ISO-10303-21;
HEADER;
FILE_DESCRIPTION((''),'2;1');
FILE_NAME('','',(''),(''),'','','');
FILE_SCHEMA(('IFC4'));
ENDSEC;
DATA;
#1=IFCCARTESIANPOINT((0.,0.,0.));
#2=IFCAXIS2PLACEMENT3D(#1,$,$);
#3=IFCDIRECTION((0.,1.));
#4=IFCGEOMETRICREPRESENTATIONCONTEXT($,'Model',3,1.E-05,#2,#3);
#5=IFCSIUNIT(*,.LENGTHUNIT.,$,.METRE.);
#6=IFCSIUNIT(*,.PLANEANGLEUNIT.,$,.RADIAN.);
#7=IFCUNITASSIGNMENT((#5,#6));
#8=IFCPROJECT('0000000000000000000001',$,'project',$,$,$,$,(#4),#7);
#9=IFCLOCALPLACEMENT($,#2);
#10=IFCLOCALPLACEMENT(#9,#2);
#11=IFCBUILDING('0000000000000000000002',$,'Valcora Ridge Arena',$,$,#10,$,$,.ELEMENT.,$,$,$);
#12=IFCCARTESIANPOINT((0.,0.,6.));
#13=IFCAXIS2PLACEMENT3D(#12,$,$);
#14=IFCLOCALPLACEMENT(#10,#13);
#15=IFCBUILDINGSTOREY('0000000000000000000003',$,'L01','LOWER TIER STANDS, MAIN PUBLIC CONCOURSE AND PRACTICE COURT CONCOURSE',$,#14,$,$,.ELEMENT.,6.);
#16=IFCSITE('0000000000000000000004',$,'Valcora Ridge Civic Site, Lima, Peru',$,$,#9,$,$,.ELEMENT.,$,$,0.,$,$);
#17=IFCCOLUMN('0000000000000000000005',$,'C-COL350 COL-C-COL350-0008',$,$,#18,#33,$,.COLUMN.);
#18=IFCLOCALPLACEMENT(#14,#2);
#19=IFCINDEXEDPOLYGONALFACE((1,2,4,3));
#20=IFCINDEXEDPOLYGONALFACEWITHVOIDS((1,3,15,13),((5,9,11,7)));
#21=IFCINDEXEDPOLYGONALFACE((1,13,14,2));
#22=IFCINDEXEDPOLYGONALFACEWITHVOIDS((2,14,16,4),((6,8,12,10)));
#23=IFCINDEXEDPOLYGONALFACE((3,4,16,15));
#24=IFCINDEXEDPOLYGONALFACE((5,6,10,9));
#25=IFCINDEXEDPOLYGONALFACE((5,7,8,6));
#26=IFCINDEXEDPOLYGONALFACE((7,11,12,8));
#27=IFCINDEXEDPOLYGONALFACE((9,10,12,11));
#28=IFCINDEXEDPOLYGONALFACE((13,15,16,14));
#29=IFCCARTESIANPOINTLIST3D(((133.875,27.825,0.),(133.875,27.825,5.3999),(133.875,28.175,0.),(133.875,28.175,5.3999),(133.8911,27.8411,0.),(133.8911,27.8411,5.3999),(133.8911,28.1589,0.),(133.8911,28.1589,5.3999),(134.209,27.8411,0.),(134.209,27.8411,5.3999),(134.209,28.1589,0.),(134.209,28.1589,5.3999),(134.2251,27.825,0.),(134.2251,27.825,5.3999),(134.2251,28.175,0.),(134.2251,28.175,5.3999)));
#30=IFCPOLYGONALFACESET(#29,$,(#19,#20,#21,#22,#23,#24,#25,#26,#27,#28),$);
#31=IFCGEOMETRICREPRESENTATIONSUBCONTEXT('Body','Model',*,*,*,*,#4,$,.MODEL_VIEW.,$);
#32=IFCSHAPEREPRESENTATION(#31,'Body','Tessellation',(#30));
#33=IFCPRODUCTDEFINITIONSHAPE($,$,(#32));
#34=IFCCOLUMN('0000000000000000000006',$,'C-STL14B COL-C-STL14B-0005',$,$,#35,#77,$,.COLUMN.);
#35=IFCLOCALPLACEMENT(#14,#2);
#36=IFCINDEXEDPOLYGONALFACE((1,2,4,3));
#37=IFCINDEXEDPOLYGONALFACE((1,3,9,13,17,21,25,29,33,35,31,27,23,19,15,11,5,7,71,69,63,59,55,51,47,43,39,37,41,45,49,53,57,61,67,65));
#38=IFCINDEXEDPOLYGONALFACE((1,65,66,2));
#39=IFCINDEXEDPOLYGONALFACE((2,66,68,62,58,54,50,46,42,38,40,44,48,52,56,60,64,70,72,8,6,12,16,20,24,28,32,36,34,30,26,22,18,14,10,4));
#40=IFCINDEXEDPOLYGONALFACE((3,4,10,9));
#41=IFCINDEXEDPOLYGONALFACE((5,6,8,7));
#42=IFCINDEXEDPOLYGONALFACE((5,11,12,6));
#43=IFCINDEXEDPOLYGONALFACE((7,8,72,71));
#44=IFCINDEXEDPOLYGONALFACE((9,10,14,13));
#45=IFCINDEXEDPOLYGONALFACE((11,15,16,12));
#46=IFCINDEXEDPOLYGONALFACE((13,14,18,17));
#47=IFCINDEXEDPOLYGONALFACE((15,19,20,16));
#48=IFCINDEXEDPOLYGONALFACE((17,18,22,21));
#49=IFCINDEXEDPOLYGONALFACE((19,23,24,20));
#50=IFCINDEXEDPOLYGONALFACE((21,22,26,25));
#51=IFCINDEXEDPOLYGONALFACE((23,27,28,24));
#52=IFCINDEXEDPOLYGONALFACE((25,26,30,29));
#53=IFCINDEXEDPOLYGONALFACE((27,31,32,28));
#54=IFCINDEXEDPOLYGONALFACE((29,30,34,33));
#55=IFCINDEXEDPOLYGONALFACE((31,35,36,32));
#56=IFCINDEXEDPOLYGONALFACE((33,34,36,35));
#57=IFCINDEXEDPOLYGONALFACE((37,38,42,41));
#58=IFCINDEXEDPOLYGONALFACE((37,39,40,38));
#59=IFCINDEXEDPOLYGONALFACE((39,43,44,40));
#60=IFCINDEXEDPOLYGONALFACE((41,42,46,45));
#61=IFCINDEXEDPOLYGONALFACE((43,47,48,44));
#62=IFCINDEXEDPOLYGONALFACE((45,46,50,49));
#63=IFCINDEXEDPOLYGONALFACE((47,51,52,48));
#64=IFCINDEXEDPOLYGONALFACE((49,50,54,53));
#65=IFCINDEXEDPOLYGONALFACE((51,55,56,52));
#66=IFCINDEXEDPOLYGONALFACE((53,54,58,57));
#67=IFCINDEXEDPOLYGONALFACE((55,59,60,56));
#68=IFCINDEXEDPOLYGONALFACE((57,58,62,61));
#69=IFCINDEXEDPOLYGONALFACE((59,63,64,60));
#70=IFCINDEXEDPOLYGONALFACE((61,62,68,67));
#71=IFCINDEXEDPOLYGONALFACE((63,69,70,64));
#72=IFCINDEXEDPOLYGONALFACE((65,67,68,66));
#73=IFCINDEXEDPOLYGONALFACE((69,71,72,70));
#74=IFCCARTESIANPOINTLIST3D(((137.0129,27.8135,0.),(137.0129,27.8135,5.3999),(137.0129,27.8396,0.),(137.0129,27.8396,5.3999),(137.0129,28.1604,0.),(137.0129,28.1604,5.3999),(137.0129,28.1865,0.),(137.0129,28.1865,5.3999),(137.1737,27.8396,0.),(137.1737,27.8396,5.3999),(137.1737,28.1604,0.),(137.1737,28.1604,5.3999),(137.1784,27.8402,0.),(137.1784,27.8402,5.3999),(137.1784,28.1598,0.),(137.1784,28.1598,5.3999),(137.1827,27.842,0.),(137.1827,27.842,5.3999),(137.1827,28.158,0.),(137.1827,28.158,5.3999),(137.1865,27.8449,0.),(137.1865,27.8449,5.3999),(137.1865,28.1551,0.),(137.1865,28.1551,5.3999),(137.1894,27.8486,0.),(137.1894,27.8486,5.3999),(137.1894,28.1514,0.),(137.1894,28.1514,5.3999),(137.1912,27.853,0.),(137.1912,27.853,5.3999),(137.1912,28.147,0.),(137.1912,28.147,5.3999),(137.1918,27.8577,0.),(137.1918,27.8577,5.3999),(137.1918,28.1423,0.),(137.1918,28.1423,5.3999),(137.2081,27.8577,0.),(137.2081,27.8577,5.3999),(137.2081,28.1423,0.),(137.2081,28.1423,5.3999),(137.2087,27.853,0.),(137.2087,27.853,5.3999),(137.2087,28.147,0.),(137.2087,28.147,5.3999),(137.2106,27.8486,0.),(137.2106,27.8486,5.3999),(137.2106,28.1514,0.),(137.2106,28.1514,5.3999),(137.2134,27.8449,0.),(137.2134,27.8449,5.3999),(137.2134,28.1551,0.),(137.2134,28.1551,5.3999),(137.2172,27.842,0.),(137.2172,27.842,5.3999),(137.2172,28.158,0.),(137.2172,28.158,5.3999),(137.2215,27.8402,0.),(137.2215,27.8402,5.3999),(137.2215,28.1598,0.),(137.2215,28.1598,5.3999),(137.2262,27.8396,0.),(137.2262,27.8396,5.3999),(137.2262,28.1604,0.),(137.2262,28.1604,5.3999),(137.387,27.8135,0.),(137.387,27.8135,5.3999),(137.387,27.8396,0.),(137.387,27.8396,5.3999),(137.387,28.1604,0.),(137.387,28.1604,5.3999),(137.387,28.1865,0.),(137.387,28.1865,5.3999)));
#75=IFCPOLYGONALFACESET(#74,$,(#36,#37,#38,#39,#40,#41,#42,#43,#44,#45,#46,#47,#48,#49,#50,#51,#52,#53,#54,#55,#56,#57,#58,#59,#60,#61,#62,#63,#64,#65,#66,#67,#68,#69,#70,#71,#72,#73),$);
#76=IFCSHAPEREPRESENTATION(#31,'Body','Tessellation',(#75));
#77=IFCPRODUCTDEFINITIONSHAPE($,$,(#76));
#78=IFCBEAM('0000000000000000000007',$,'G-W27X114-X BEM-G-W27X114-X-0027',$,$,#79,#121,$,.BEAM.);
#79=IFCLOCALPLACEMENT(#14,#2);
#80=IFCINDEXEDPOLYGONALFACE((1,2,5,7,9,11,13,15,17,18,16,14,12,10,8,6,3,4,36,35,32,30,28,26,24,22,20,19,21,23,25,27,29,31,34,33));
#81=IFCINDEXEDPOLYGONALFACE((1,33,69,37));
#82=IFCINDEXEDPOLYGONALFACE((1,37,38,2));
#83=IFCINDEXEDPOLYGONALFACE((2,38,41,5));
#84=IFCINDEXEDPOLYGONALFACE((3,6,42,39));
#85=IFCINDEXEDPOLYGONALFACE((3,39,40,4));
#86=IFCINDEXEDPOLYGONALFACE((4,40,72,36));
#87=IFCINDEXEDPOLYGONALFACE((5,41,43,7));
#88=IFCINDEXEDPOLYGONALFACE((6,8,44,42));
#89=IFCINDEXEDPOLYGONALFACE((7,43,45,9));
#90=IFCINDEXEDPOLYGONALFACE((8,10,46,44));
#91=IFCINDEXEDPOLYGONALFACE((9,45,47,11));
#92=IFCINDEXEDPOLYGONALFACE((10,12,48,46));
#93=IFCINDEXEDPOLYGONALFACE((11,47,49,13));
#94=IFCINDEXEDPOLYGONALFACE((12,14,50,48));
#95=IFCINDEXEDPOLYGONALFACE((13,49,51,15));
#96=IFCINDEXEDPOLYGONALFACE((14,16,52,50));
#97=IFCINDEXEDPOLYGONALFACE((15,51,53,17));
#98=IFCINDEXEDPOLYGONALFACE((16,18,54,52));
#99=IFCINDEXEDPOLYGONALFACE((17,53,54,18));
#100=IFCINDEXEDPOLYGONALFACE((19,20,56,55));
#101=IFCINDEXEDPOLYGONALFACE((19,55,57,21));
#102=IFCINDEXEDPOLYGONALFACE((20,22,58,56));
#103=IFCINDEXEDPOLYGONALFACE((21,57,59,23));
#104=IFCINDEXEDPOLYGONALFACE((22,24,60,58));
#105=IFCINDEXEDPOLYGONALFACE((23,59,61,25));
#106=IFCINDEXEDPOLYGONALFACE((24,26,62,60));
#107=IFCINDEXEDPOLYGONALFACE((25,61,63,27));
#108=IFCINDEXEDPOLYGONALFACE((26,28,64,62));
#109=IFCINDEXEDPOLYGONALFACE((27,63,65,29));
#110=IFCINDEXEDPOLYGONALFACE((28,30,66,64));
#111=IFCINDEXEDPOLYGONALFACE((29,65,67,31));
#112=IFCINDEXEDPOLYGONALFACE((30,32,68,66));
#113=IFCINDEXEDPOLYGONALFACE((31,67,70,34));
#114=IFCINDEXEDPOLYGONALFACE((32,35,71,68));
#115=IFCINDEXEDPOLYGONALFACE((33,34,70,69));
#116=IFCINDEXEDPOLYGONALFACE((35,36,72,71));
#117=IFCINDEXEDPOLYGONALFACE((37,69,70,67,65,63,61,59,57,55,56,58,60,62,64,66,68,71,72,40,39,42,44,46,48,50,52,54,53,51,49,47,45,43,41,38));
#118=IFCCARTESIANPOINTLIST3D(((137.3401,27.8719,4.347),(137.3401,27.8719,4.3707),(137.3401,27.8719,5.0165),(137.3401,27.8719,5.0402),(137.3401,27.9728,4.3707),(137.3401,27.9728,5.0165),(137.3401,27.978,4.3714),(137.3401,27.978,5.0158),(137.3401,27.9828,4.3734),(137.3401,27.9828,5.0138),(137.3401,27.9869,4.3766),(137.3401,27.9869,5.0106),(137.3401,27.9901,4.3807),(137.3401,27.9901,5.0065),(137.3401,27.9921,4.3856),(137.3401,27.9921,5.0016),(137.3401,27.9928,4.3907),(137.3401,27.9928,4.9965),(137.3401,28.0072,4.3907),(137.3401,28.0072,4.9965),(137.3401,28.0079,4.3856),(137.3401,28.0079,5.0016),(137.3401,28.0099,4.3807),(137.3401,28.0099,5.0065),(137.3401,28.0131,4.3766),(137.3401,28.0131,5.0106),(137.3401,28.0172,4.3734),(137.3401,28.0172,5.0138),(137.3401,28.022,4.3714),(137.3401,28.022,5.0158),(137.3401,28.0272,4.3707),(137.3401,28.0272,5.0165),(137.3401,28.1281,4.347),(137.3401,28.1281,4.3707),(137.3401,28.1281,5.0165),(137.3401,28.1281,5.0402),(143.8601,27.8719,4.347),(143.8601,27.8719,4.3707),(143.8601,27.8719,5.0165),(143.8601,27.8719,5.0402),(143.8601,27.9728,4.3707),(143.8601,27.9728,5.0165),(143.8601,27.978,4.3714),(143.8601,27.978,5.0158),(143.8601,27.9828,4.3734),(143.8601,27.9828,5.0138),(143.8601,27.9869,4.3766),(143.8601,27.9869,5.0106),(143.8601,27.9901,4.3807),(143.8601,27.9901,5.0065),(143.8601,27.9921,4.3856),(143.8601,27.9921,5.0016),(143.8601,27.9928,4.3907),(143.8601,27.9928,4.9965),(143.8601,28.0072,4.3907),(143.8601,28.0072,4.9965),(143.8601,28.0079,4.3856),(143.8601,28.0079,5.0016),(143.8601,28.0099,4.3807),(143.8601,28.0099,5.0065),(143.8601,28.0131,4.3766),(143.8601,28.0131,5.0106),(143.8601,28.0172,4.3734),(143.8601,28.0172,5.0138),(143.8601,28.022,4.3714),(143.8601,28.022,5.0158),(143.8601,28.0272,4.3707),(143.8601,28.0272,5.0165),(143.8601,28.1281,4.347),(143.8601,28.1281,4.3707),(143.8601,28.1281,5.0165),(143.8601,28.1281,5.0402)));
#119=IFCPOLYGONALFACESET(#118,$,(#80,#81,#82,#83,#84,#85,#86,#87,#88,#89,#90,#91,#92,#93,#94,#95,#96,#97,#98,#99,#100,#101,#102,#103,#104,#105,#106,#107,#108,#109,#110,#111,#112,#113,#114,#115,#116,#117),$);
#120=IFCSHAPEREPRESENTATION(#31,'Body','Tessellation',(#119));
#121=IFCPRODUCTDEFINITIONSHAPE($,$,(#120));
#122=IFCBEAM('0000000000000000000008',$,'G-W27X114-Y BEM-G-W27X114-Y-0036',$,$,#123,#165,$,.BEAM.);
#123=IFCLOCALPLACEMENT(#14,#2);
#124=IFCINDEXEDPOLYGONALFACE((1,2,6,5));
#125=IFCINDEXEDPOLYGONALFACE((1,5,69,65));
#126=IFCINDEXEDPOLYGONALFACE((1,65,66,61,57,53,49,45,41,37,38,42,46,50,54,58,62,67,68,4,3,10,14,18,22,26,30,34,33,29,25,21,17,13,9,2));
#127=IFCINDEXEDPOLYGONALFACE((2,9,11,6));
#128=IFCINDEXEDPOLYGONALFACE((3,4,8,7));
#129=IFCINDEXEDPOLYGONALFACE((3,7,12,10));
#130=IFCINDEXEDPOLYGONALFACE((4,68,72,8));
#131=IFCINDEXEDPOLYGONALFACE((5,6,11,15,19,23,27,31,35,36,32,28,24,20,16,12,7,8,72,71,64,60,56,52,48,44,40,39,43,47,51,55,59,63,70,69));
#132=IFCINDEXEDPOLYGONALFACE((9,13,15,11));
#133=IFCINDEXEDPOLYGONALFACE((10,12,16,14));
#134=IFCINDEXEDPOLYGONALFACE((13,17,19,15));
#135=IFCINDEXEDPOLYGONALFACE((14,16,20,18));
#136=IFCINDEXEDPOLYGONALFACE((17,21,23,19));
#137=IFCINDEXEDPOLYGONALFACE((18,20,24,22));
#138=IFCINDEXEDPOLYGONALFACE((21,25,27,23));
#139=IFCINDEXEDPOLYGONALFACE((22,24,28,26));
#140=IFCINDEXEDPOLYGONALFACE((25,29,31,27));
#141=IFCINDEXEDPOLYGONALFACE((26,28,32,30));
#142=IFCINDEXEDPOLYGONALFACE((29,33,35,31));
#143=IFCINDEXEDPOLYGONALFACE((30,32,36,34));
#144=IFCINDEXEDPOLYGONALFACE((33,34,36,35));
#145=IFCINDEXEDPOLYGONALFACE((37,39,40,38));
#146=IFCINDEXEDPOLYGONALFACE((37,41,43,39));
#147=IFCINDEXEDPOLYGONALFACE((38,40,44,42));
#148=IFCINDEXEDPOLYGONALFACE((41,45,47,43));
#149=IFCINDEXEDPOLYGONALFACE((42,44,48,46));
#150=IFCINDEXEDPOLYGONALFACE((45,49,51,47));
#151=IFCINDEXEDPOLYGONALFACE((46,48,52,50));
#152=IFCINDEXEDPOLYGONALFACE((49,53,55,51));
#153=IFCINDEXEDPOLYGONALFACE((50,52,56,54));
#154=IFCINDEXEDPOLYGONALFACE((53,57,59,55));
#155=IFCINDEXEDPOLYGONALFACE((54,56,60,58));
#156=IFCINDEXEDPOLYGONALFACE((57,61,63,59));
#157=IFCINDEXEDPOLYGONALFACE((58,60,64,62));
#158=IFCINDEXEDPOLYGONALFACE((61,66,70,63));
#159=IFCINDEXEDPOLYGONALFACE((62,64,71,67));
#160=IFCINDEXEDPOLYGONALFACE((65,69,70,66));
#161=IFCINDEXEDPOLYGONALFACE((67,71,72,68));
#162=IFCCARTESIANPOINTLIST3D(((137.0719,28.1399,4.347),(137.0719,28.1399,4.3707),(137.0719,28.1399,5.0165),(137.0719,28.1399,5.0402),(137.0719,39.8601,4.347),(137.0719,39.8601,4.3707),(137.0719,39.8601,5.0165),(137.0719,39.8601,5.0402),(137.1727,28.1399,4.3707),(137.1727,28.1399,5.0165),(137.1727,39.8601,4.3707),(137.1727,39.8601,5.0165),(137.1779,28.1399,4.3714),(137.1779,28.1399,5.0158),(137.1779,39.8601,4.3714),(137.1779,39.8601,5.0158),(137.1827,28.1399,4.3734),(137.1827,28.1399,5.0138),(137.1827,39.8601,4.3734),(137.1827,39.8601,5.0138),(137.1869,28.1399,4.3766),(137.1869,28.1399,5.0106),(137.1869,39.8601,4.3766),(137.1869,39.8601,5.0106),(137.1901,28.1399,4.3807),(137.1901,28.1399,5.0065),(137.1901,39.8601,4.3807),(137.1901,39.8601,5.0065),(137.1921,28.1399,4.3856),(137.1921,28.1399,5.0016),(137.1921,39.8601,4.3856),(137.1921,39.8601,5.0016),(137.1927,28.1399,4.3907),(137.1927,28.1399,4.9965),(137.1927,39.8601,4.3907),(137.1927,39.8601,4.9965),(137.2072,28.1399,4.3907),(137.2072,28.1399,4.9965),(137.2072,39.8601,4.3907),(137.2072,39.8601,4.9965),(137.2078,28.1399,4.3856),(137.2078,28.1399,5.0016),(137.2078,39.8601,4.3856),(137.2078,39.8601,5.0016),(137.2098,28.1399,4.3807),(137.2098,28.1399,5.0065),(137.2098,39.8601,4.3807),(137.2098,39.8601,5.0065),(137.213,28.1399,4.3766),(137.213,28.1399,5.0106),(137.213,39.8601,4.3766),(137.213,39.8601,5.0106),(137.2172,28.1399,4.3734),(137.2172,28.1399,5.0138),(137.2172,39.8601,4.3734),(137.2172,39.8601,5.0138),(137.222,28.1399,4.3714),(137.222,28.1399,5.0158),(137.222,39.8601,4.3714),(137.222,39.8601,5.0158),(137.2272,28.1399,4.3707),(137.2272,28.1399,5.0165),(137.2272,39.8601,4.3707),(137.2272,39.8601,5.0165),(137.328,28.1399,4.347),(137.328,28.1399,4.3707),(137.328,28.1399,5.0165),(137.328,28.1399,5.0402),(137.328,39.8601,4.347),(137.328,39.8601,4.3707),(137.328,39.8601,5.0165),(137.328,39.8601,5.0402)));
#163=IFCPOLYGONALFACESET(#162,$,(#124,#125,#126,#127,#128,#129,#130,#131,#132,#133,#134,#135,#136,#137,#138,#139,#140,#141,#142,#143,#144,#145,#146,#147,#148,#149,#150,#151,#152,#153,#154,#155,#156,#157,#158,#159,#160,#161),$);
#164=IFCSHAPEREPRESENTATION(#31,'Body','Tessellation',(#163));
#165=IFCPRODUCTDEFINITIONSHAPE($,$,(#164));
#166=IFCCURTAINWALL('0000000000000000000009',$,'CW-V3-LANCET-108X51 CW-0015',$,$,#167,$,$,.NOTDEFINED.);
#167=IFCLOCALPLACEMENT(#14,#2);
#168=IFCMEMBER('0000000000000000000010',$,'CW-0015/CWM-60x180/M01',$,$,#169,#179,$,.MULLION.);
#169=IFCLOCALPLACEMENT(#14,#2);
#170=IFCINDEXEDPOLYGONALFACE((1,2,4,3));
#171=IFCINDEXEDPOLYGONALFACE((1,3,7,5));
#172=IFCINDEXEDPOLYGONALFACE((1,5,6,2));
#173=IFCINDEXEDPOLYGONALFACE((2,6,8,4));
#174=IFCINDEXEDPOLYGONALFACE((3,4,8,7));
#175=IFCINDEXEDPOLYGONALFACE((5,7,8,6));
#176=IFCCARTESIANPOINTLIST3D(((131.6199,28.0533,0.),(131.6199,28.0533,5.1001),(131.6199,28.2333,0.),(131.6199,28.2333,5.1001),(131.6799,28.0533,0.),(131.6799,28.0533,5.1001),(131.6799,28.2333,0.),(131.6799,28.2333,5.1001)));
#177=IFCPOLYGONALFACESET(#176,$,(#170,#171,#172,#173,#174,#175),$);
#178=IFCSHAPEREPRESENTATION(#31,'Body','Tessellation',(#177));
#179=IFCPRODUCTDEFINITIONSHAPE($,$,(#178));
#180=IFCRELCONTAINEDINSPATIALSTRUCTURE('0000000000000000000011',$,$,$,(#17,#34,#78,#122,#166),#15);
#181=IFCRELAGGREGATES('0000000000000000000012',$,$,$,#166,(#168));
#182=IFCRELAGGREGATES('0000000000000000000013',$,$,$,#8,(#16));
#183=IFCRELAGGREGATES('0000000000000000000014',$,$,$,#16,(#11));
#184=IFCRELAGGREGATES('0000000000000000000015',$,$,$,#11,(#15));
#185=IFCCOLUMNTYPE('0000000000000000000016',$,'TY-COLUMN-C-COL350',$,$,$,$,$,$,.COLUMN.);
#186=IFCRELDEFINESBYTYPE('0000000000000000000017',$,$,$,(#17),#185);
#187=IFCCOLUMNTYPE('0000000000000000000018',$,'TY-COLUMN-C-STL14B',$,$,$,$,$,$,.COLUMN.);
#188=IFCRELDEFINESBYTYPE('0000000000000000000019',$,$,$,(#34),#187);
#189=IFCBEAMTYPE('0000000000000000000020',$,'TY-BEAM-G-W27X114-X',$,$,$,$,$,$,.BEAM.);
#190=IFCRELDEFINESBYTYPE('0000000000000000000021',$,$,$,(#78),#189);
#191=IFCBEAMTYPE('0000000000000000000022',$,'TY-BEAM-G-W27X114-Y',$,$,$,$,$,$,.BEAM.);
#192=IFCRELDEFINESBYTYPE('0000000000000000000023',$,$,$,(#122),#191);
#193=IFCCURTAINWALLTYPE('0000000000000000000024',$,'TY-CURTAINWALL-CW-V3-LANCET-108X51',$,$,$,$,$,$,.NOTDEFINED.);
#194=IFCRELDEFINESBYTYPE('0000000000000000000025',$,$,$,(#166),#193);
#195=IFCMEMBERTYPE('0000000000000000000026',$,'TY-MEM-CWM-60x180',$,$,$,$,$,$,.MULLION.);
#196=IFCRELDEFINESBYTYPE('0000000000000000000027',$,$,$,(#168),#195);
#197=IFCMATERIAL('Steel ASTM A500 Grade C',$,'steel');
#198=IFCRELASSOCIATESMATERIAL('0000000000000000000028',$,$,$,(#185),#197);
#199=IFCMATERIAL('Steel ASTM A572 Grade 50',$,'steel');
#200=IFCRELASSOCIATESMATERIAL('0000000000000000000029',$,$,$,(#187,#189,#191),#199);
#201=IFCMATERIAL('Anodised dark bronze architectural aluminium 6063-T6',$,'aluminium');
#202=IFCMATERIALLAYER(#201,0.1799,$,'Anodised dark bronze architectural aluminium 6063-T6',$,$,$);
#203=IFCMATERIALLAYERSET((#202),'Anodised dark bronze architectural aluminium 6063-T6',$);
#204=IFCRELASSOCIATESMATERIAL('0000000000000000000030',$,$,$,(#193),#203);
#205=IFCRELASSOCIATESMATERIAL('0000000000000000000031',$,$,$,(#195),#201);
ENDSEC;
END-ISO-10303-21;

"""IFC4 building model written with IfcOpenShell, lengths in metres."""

from ifc_helpers import new_model, si_unit, direction, frame, origin, origin_2d, place, context, subcontext, project, spatial, rectangle, hollow_rectangle, i_section, extrude, material, layer, layer_set, material_profile, profile_set, type_object, element, aggregate, save


model = new_model("IFC4")

# Units and contexts
model_context = context("Model", 3, precision=1e-05, world=origin(), true_north=direction((0.0, 1.0)))
body_context = subcontext(model_context, "Body", "Model", "MODEL_VIEW")
ifc_project = project(units=[si_unit("LENGTHUNIT", "METRE"), si_unit("PLANEANGLEUNIT", "RADIAN")], contexts=[model_context])

# Site, building, storey
site_placement = place(None, origin())
site = spatial("IfcSite", under=ifc_project, at=site_placement, Name="Valcora Ridge Civic Site, Lima, Peru", CompositionType="ELEMENT", RefElevation=0.0)
building_placement = place(site_placement, origin())
building = spatial("IfcBuilding", under=site, at=building_placement, Name="Valcora Ridge Arena", CompositionType="ELEMENT")
storey_placement = place(building_placement, frame((0.0, 0.0, 6.0)))
storey = spatial("IfcBuildingStorey", under=building, at=storey_placement, Name="L01", Description="LOWER TIER STANDS, MAIN PUBLIC CONCOURSE AND PRACTICE COURT CONCOURSE", CompositionType="ELEMENT", Elevation=6.0)

# Columns
ifc_material_1 = material(Name="Steel ASTM A500 Grade C", Category="steel")
ifc_material_profile_1 = material_profile(ifc_material_1, hollow_rectangle(XDim=0.3501, YDim=0.3501, WallThickness=0.0161, at=origin_2d()), Name="HSS350X350X16")
ifc_profile_set_1 = profile_set([ifc_material_profile_1], Name="Steel ASTM A500 Grade C")
column_type_1 = type_object("IfcColumnType", Name="TY-COLUMN-C-COL350", PredefinedType="COLUMN", material=ifc_profile_set_1)
column_1_placement = place(storey_placement, frame((134.05, 28.0, 0.0), z_axis=(0.0, 0.0, 1.0), x_axis=(1.0, 0.0, 0.0)))
element("IfcColumn", 1, at=column_1_placement, inside=storey, type_object=column_type_1, Name="C-COL350 COL-C-COL350-0008", PredefinedType="COLUMN", context=body_context, shape_type="SweptSolid", body=[
    extrude(hollow_rectangle(XDim=0.3501, YDim=0.3501, WallThickness=0.0161, at=origin_2d()), origin(), (0.0, 0.0, 1.0), 5.3999),
])
ifc_material_2 = material(Name="Steel ASTM A572 Grade 50", Category="steel")
ifc_material_profile_2 = material_profile(ifc_material_2, i_section(OverallWidth=0.374, OverallDepth=0.373, WebThickness=0.0164, FlangeThickness=0.0261, FilletRadius=0.0181, at=origin_2d()), Name="W14X132")
ifc_profile_set_2 = profile_set([ifc_material_profile_2], Name="Steel ASTM A572 Grade 50")
column_type_2 = type_object("IfcColumnType", Name="TY-COLUMN-C-STL14B", PredefinedType="COLUMN", material=ifc_profile_set_2)
column_2_placement = place(storey_placement, frame((137.2, 28.0, 0.0), z_axis=(0.0, 0.0, 1.0), x_axis=(1.0, 0.0, 0.0)))
element("IfcColumn", 2, at=column_2_placement, inside=storey, type_object=column_type_2, Name="C-STL14B COL-C-STL14B-0005", PredefinedType="COLUMN", context=body_context, shape_type="SweptSolid", body=[
    extrude(i_section(OverallWidth=0.374, OverallDepth=0.373, WebThickness=0.0164, FlangeThickness=0.0261, FilletRadius=0.0181, at=origin_2d()), origin(), (0.0, 0.0, 1.0), 5.3999),
])

# Beams
ifc_material_profile_3 = material_profile(ifc_material_2, i_section(OverallWidth=0.2561, OverallDepth=0.6931, WebThickness=0.0144, FlangeThickness=0.0237, FilletRadius=0.02, at=origin_2d()), Name="W27X114")
ifc_profile_set_3 = profile_set([ifc_material_profile_3], Name="Steel ASTM A572 Grade 50")
beam_type_1 = type_object("IfcBeamType", Name="TY-BEAM-G-W27X114-X", PredefinedType="BEAM", material=ifc_profile_set_3)
beam_1_placement = place(storey_placement, frame((137.3401, 28.0, 4.6936), z_axis=(1.0, 0.0, 0.0), x_axis=(0.0, 1.0, 0.0)))
element("IfcBeam", 3, at=beam_1_placement, inside=storey, type_object=beam_type_1, Name="G-W27X114-X BEM-G-W27X114-X-0027", PredefinedType="BEAM", context=body_context, shape_type="SweptSolid", body=[
    extrude(i_section(OverallWidth=0.2561, OverallDepth=0.6931, WebThickness=0.0144, FlangeThickness=0.0237, FilletRadius=0.02, at=origin_2d()), origin(), (0.0, 0.0, 1.0), 6.52),
])
ifc_material_profile_4 = material_profile(ifc_material_2, i_section(OverallWidth=0.2561, OverallDepth=0.6931, WebThickness=0.0144, FlangeThickness=0.0237, FilletRadius=0.02, at=origin_2d()), Name="W27X114")
ifc_profile_set_4 = profile_set([ifc_material_profile_4], Name="Steel ASTM A572 Grade 50")
beam_type_2 = type_object("IfcBeamType", Name="TY-BEAM-G-W27X114-Y", PredefinedType="BEAM", material=ifc_profile_set_4)
beam_2_placement = place(storey_placement, frame((137.2, 28.1399, 4.6936), z_axis=(0.0, 1.0, 0.0), x_axis=(-1.0, 0.0, 0.0)))
element("IfcBeam", 4, at=beam_2_placement, inside=storey, type_object=beam_type_2, Name="G-W27X114-Y BEM-G-W27X114-Y-0036", PredefinedType="BEAM", context=body_context, shape_type="SweptSolid", body=[
    extrude(i_section(OverallWidth=0.2561, OverallDepth=0.6931, WebThickness=0.0144, FlangeThickness=0.0237, FilletRadius=0.02, at=origin_2d()), origin(), (0.0, 0.0, 1.0), 11.7202),
])

# Curtain wall, member
ifc_material_3 = material(Name="Anodised dark bronze architectural aluminium 6063-T6", Category="aluminium")
ifc_layer_1 = layer(ifc_material_3, 0.1799, Name="Anodised dark bronze architectural aluminium 6063-T6")
ifc_layer_set_1 = layer_set([ifc_layer_1], Name="Anodised dark bronze architectural aluminium 6063-T6")
curtain_wall_type_1 = type_object("IfcCurtainWallType", Name="TY-CURTAINWALL-CW-V3-LANCET-108X51", PredefinedType="NOTDEFINED", material=ifc_layer_set_1)
curtain_wall_1_placement = place(storey_placement, origin())
curtain_wall_1 = element("IfcCurtainWall", 5, at=curtain_wall_1_placement, inside=storey, type_object=curtain_wall_type_1, Name="CW-V3-LANCET-108X51 CW-0015", PredefinedType="NOTDEFINED")
ifc_material_profile_5 = material_profile(ifc_material_3, rectangle(XDim=0.0601, YDim=0.1799, at=origin_2d()), Name="ALU MULLION 60x180")
ifc_profile_set_5 = profile_set([ifc_material_profile_5], Name="Anodised dark bronze architectural aluminium 6063-T6")
member_type_1 = type_object("IfcMemberType", Name="TY-MEM-CWM-60x180", PredefinedType="MULLION", material=ifc_profile_set_5)
member_1_placement = place(storey_placement, frame((131.6499, 28.1433, 0.0), z_axis=(0.0, 0.0, 1.0), x_axis=(-1.0, 0.0, 0.0)))
member_1 = element("IfcMember", 6, at=member_1_placement, type_object=member_type_1, Name="CW-0015/CWM-60x180/M01", PredefinedType="MULLION", context=body_context, shape_type="SweptSolid", body=[
    extrude(rectangle(XDim=0.0601, YDim=0.1799, at=origin_2d()), origin(), (0.0, 0.0, 1.0), 5.1001),
])

aggregate(curtain_wall_1, [member_1])

save(model, "model.ifc")
